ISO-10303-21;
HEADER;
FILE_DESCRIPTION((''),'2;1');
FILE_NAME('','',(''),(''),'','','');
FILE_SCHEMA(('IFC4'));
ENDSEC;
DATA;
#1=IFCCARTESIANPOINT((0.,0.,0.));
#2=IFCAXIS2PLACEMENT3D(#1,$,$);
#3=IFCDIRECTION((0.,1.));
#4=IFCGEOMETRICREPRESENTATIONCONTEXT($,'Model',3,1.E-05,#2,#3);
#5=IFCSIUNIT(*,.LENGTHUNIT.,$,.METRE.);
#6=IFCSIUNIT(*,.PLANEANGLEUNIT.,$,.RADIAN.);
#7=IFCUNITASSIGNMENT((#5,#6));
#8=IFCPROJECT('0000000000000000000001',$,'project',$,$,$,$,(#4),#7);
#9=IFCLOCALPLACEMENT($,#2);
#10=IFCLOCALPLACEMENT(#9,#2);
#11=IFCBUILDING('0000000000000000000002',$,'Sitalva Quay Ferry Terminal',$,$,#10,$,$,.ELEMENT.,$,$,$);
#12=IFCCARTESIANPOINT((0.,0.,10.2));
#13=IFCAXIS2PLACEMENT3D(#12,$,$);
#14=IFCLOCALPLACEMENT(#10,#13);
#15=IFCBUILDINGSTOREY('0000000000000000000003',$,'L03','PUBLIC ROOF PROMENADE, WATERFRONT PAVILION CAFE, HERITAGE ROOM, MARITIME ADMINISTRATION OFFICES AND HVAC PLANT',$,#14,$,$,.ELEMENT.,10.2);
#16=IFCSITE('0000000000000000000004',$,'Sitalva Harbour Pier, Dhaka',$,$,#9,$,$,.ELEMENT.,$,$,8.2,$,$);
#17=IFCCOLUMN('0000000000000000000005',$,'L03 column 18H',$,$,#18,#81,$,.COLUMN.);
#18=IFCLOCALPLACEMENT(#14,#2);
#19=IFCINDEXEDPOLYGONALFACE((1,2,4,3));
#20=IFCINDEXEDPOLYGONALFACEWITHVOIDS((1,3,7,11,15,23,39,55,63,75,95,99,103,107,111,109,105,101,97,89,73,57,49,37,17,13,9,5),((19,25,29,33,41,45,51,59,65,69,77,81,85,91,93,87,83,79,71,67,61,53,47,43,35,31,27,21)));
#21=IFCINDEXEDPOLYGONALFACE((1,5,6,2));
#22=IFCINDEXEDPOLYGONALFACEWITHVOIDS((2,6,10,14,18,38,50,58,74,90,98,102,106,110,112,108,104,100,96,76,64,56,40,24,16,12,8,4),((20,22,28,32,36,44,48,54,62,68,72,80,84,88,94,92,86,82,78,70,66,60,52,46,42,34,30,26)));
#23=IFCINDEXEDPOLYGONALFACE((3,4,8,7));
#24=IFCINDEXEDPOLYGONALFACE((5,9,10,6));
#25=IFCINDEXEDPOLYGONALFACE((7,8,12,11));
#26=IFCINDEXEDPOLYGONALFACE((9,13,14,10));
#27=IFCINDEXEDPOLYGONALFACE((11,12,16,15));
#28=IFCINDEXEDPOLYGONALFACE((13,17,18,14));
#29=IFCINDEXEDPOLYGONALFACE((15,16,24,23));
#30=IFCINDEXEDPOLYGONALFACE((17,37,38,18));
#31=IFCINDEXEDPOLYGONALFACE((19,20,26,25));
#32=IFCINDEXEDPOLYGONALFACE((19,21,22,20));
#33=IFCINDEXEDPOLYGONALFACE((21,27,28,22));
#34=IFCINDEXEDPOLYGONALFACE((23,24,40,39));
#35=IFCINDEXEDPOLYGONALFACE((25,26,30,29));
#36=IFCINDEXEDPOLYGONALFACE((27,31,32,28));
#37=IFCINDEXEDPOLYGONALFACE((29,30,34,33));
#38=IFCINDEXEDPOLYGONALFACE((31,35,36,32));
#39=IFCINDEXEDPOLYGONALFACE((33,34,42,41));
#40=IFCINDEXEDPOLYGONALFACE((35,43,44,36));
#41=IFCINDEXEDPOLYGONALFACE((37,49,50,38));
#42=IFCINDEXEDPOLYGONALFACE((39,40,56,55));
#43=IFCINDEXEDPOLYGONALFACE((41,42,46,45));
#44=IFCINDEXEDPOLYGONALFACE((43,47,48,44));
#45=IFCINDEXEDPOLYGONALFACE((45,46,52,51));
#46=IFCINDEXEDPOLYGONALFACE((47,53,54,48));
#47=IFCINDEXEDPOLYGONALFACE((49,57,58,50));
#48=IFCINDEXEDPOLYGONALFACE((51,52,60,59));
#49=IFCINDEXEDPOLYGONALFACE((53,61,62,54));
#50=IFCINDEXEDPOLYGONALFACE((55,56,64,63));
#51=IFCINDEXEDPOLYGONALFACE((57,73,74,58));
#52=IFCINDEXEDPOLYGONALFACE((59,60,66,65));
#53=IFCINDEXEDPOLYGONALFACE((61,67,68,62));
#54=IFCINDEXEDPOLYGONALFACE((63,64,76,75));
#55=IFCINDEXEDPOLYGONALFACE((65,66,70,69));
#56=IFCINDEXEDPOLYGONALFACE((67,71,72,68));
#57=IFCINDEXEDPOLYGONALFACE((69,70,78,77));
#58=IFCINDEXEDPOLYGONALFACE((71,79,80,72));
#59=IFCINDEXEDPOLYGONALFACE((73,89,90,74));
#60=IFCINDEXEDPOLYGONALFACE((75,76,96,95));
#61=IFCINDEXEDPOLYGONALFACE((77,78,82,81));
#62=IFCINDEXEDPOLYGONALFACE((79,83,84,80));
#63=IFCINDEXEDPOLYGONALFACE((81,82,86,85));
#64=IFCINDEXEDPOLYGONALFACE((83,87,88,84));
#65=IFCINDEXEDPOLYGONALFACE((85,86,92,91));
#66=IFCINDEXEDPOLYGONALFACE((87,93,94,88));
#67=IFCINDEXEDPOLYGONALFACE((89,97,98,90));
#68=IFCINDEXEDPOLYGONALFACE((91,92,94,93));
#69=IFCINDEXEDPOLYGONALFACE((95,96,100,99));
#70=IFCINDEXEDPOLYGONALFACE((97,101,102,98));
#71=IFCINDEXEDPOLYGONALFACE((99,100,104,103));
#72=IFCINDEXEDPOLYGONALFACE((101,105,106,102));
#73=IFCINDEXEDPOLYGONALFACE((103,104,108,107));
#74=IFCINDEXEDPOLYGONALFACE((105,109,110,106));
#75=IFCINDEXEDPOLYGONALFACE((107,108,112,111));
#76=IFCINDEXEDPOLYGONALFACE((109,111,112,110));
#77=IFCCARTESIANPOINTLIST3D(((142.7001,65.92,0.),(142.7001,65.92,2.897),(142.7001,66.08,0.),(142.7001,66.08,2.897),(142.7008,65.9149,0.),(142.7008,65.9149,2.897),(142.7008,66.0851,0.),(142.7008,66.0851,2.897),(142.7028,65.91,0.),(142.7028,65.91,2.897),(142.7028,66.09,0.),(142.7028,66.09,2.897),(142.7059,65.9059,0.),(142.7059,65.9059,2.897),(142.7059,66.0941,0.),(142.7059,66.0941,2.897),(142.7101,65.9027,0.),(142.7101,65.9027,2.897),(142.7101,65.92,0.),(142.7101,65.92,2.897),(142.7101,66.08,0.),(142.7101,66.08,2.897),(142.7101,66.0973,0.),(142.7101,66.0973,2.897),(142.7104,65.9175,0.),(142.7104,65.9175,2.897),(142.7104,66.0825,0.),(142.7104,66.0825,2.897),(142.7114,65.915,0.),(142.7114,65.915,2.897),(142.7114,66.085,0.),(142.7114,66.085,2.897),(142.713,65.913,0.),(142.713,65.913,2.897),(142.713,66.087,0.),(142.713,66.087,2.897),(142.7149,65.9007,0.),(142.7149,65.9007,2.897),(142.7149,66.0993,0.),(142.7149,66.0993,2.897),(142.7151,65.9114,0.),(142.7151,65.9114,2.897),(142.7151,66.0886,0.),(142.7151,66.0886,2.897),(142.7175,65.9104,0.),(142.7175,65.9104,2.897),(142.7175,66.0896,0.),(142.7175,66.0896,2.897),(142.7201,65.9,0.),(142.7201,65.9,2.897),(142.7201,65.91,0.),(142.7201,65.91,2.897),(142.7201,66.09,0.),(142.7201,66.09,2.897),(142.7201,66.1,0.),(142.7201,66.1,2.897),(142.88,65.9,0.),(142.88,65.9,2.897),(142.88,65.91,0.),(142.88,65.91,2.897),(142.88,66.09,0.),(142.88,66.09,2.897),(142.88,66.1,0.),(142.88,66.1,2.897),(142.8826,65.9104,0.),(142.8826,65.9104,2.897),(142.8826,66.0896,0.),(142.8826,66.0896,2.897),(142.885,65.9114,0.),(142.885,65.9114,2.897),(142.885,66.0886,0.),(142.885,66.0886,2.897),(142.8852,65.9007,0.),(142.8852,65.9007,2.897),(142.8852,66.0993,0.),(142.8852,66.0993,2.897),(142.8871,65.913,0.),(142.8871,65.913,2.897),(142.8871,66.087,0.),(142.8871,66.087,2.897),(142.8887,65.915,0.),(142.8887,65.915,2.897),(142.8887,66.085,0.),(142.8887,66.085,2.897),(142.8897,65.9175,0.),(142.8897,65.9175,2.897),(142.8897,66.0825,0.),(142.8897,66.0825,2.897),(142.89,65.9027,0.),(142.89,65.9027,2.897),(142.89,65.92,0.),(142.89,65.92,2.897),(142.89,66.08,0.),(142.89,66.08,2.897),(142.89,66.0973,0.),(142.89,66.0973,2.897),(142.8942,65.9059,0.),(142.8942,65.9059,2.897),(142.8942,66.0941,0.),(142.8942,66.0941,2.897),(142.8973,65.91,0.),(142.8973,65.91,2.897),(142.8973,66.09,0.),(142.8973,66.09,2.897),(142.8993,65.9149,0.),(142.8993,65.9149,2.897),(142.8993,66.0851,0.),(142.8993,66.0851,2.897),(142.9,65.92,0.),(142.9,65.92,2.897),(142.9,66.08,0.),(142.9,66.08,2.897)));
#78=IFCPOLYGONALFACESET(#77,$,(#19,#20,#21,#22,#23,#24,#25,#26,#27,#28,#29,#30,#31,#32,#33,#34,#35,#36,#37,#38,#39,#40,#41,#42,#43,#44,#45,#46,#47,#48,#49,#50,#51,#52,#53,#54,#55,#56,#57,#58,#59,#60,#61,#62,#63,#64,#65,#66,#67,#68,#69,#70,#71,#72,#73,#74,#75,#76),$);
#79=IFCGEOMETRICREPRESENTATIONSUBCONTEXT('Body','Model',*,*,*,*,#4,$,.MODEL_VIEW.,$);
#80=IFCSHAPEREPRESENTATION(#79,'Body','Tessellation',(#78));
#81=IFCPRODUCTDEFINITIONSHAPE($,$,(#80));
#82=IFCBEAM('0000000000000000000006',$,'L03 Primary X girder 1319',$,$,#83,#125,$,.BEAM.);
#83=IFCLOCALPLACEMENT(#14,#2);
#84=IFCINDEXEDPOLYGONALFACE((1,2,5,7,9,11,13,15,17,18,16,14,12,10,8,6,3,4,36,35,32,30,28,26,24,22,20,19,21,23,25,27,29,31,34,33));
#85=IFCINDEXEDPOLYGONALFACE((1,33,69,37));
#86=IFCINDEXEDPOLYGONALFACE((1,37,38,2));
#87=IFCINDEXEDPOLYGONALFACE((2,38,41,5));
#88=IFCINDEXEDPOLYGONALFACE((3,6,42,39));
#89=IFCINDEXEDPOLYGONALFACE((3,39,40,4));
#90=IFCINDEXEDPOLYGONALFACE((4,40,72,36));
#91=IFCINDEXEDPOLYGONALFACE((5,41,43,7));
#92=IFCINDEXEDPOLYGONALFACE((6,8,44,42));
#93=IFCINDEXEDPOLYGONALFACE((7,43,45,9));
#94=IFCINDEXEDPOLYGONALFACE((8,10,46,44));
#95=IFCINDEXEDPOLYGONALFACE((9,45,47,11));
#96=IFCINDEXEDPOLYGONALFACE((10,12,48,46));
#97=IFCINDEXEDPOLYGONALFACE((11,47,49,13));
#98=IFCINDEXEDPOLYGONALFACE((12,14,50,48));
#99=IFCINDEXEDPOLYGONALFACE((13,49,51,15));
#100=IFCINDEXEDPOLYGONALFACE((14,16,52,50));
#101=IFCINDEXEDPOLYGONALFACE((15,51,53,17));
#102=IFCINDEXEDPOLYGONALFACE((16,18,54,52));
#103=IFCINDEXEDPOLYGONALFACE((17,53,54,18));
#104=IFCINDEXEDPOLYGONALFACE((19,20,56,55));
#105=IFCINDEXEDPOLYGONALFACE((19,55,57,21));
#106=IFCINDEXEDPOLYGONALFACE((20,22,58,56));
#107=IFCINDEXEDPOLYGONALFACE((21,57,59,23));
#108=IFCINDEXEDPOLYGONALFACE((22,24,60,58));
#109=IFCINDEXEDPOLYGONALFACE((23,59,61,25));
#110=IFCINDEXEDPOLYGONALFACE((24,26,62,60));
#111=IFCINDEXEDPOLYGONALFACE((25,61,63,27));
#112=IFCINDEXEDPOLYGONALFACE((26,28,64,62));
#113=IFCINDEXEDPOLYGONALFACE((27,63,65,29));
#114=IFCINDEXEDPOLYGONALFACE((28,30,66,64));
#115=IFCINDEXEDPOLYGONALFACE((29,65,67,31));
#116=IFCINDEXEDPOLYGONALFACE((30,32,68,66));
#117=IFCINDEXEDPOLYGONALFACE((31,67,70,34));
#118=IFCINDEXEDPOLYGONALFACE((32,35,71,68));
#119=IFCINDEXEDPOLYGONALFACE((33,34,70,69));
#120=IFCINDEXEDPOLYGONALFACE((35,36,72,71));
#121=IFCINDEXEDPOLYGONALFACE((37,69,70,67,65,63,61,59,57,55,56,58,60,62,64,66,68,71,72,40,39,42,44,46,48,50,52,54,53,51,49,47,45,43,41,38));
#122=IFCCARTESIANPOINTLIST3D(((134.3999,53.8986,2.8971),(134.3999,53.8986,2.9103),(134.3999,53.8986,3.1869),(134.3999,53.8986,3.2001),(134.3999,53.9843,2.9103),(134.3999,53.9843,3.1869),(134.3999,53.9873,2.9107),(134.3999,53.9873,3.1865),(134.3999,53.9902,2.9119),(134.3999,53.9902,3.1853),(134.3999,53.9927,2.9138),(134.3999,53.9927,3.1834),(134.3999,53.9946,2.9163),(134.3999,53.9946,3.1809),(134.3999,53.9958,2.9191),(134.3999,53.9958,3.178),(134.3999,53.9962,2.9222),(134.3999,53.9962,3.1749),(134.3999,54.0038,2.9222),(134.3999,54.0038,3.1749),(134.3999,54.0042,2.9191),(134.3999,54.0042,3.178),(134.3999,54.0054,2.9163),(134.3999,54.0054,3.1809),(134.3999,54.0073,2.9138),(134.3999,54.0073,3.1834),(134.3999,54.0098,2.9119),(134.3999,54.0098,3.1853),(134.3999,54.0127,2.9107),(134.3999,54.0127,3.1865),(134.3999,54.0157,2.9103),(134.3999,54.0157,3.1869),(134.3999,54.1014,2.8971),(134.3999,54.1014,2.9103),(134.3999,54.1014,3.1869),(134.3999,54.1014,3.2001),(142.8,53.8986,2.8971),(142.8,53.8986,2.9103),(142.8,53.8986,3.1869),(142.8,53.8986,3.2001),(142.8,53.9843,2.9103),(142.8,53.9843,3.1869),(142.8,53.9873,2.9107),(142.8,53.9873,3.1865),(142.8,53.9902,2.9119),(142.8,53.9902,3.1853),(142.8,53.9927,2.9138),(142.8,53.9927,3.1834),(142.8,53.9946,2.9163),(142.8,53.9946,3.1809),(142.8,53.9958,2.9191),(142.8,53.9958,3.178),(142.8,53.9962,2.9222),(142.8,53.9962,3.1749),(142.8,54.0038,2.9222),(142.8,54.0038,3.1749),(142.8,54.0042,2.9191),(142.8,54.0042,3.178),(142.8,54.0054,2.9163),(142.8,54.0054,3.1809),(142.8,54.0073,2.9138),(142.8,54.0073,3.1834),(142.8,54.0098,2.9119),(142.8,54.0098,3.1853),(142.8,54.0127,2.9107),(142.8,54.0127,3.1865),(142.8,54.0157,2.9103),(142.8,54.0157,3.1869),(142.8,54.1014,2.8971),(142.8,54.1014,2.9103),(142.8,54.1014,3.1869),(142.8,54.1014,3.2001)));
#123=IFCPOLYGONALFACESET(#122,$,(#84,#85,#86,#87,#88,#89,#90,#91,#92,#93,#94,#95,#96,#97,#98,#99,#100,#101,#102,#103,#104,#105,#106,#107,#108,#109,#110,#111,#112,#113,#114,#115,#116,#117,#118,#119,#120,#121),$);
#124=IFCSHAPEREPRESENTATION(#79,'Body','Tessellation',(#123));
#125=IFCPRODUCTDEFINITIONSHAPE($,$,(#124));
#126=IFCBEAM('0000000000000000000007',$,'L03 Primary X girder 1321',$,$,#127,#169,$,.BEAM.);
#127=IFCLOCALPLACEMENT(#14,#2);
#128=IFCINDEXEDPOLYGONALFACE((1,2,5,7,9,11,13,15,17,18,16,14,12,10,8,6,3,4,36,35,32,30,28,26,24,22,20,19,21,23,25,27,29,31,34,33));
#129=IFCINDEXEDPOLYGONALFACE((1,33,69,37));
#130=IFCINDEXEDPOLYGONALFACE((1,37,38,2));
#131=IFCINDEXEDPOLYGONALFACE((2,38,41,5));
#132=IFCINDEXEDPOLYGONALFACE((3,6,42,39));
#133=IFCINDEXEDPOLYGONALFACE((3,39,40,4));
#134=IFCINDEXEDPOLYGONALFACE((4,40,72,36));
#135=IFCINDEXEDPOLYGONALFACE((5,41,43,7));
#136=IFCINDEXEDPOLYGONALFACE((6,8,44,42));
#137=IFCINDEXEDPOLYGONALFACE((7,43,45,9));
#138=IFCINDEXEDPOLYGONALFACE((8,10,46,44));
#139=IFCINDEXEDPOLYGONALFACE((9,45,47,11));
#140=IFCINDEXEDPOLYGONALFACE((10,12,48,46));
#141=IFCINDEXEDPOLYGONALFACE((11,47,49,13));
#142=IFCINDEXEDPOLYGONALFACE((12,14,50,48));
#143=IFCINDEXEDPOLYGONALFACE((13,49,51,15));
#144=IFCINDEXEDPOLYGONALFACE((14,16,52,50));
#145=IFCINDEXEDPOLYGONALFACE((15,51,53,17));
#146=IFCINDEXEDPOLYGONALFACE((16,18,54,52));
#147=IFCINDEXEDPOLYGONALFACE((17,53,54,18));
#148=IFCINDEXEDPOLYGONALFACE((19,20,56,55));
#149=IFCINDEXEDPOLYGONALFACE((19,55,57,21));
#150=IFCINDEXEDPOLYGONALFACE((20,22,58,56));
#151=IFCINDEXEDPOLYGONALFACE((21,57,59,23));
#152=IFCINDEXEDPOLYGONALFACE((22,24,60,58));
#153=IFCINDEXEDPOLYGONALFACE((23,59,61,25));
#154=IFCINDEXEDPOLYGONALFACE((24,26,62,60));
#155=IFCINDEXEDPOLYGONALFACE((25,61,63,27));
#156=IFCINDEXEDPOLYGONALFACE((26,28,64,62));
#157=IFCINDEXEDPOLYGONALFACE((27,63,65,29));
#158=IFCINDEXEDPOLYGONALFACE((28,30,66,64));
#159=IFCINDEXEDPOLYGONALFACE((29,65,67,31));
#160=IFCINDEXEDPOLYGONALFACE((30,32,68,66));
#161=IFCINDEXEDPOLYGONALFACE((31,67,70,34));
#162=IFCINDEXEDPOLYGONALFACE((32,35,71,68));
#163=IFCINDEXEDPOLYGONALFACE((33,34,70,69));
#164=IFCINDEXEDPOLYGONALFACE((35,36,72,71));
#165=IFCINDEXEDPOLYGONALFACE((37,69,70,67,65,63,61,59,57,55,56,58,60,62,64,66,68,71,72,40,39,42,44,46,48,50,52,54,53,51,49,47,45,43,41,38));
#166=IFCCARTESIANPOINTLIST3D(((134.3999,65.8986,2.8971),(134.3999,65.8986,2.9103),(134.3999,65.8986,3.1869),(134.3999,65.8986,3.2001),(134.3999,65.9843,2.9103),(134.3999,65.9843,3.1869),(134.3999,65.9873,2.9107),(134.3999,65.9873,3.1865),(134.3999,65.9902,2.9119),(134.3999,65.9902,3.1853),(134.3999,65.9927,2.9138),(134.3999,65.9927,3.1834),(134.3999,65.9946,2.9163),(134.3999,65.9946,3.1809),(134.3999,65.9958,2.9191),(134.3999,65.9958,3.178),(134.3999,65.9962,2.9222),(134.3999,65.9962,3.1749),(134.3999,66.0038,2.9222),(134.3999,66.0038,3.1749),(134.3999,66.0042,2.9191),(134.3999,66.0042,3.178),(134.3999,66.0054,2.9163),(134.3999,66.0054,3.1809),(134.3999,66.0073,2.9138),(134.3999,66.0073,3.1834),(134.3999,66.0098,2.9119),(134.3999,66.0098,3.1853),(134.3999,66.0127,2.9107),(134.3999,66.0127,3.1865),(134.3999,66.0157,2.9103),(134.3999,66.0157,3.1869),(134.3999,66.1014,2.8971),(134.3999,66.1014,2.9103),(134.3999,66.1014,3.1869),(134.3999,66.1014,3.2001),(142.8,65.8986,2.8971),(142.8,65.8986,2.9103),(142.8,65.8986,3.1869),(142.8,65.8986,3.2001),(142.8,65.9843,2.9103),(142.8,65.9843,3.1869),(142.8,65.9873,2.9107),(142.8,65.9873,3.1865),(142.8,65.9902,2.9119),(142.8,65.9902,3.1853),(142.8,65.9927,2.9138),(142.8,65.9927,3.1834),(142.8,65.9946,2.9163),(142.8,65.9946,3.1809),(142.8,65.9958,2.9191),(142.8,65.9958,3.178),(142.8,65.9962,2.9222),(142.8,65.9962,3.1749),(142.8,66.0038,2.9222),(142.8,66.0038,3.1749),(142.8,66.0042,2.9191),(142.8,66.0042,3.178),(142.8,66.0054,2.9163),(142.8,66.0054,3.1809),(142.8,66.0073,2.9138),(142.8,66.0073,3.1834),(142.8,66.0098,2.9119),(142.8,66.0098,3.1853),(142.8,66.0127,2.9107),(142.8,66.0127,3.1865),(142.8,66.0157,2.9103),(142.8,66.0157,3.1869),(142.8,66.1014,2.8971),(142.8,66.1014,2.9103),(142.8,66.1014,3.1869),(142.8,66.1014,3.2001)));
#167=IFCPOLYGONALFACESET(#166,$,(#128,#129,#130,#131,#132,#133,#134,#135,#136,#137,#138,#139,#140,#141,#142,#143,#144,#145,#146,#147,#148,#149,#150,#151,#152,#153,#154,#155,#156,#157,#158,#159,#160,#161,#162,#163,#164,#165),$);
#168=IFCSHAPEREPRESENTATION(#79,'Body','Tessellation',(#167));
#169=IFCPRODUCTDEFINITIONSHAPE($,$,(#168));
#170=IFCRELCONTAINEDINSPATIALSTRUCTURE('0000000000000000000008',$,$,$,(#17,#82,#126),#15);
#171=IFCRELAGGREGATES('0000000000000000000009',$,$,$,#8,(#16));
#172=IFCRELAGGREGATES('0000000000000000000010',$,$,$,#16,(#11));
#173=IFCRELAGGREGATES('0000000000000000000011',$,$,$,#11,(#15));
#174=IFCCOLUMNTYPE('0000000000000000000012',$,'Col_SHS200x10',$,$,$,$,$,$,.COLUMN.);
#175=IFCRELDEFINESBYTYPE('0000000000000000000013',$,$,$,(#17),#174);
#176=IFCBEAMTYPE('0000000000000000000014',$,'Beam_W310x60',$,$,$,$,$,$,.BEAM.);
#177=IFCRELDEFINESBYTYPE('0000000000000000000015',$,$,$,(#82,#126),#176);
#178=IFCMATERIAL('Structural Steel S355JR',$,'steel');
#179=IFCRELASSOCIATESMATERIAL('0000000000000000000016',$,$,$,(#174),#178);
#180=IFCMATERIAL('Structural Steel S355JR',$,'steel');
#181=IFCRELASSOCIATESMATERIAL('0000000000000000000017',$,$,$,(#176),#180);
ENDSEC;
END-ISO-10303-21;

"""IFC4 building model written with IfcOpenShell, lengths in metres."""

from ifc_helpers import new_model, si_unit, direction, frame, origin, origin_2d, place, context, subcontext, project, spatial, hollow_rectangle, i_section, extrude, material, material_profile, profile_set, type_object, element, save


model = new_model("IFC4")

# Units and contexts
model_context = context("Model", 3, precision=1e-05, world=origin(), true_north=direction((0.0, 1.0)))
body_context = subcontext(model_context, "Body", "Model", "MODEL_VIEW")
ifc_project = project(units=[si_unit("LENGTHUNIT", "METRE"), si_unit("PLANEANGLEUNIT", "RADIAN")], contexts=[model_context])

# Site, building, storey
site_placement = place(None, origin())
site = spatial("IfcSite", under=ifc_project, at=site_placement, Name="Sitalva Harbour Pier, Dhaka", CompositionType="ELEMENT", RefElevation=8.2)
building_placement = place(site_placement, origin())
building = spatial("IfcBuilding", under=site, at=building_placement, Name="Sitalva Quay Ferry Terminal", CompositionType="ELEMENT")
storey_placement = place(building_placement, frame((0.0, 0.0, 10.2)))
storey = spatial("IfcBuildingStorey", under=building, at=storey_placement, Name="L03", Description="PUBLIC ROOF PROMENADE, WATERFRONT PAVILION CAFE, HERITAGE ROOM, MARITIME ADMINISTRATION OFFICES AND HVAC PLANT", CompositionType="ELEMENT", Elevation=10.2)

# Column
ifc_material_1 = material(Name="Structural Steel S355JR", Category="steel")
ifc_material_profile_1 = material_profile(ifc_material_1, hollow_rectangle(XDim=0.2, YDim=0.2, WallThickness=0.01, InnerFilletRadius=0.01, OuterFilletRadius=0.02, at=origin_2d()), Name="SHS200x200x10")
ifc_profile_set_1 = profile_set([ifc_material_profile_1], Name="Structural Steel S355JR")
column_type = type_object("IfcColumnType", Name="Col_SHS200x10", PredefinedType="COLUMN", material=ifc_profile_set_1)
for number, where, z_axis, x_axis, name in (
    (1, (142.8, 66.0, 0.0), (0.0, 0.0, 1.0), (1.0, 0.0, 0.0), "L03 column 18H"),
):
    element("IfcColumn", number, at=place(storey_placement, frame(where, z_axis=z_axis, x_axis=x_axis)), inside=storey, type_object=column_type, Name=name, PredefinedType="COLUMN", context=body_context, shape_type="SweptSolid", body=[
        extrude(hollow_rectangle(XDim=0.2, YDim=0.2, WallThickness=0.01, InnerFilletRadius=0.01, OuterFilletRadius=0.02, at=origin_2d()), origin(), (0.0, 0.0, 1.0), 2.897),
    ])

# Beams
ifc_material_2 = material(Name="Structural Steel S355JR", Category="steel")
ifc_material_profile_2 = material_profile(ifc_material_2, i_section(OverallWidth=0.2029, OverallDepth=0.303, WebThickness=0.0076, FlangeThickness=0.0132, FilletRadius=0.012, at=origin_2d()), Name="W310x60")
ifc_profile_set_2 = profile_set([ifc_material_profile_2], Name="Structural Steel S355JR")
beam_type = type_object("IfcBeamType", Name="Beam_W310x60", PredefinedType="BEAM", material=ifc_profile_set_2)
for number, where, z_axis, x_axis, name in (
    (2, (134.3999, 54.0, 3.0486), (1.0, 0.0, 0.0), (0.0, 1.0, 0.0), "L03 Primary X girder 1319"),
    (3, (134.3999, 66.0, 3.0486), (1.0, 0.0, 0.0), (0.0, 1.0, 0.0), "L03 Primary X girder 1321"),
):
    element("IfcBeam", number, at=place(storey_placement, frame(where, z_axis=z_axis, x_axis=x_axis)), inside=storey, type_object=beam_type, Name=name, PredefinedType="BEAM", context=body_context, shape_type="SweptSolid", body=[
        extrude(i_section(OverallWidth=0.2029, OverallDepth=0.303, WebThickness=0.0076, FlangeThickness=0.0132, FilletRadius=0.012, at=origin_2d()), origin(), (0.0, 0.0, 1.0), 8.4001),
    ])

save(model, "model.ifc")
